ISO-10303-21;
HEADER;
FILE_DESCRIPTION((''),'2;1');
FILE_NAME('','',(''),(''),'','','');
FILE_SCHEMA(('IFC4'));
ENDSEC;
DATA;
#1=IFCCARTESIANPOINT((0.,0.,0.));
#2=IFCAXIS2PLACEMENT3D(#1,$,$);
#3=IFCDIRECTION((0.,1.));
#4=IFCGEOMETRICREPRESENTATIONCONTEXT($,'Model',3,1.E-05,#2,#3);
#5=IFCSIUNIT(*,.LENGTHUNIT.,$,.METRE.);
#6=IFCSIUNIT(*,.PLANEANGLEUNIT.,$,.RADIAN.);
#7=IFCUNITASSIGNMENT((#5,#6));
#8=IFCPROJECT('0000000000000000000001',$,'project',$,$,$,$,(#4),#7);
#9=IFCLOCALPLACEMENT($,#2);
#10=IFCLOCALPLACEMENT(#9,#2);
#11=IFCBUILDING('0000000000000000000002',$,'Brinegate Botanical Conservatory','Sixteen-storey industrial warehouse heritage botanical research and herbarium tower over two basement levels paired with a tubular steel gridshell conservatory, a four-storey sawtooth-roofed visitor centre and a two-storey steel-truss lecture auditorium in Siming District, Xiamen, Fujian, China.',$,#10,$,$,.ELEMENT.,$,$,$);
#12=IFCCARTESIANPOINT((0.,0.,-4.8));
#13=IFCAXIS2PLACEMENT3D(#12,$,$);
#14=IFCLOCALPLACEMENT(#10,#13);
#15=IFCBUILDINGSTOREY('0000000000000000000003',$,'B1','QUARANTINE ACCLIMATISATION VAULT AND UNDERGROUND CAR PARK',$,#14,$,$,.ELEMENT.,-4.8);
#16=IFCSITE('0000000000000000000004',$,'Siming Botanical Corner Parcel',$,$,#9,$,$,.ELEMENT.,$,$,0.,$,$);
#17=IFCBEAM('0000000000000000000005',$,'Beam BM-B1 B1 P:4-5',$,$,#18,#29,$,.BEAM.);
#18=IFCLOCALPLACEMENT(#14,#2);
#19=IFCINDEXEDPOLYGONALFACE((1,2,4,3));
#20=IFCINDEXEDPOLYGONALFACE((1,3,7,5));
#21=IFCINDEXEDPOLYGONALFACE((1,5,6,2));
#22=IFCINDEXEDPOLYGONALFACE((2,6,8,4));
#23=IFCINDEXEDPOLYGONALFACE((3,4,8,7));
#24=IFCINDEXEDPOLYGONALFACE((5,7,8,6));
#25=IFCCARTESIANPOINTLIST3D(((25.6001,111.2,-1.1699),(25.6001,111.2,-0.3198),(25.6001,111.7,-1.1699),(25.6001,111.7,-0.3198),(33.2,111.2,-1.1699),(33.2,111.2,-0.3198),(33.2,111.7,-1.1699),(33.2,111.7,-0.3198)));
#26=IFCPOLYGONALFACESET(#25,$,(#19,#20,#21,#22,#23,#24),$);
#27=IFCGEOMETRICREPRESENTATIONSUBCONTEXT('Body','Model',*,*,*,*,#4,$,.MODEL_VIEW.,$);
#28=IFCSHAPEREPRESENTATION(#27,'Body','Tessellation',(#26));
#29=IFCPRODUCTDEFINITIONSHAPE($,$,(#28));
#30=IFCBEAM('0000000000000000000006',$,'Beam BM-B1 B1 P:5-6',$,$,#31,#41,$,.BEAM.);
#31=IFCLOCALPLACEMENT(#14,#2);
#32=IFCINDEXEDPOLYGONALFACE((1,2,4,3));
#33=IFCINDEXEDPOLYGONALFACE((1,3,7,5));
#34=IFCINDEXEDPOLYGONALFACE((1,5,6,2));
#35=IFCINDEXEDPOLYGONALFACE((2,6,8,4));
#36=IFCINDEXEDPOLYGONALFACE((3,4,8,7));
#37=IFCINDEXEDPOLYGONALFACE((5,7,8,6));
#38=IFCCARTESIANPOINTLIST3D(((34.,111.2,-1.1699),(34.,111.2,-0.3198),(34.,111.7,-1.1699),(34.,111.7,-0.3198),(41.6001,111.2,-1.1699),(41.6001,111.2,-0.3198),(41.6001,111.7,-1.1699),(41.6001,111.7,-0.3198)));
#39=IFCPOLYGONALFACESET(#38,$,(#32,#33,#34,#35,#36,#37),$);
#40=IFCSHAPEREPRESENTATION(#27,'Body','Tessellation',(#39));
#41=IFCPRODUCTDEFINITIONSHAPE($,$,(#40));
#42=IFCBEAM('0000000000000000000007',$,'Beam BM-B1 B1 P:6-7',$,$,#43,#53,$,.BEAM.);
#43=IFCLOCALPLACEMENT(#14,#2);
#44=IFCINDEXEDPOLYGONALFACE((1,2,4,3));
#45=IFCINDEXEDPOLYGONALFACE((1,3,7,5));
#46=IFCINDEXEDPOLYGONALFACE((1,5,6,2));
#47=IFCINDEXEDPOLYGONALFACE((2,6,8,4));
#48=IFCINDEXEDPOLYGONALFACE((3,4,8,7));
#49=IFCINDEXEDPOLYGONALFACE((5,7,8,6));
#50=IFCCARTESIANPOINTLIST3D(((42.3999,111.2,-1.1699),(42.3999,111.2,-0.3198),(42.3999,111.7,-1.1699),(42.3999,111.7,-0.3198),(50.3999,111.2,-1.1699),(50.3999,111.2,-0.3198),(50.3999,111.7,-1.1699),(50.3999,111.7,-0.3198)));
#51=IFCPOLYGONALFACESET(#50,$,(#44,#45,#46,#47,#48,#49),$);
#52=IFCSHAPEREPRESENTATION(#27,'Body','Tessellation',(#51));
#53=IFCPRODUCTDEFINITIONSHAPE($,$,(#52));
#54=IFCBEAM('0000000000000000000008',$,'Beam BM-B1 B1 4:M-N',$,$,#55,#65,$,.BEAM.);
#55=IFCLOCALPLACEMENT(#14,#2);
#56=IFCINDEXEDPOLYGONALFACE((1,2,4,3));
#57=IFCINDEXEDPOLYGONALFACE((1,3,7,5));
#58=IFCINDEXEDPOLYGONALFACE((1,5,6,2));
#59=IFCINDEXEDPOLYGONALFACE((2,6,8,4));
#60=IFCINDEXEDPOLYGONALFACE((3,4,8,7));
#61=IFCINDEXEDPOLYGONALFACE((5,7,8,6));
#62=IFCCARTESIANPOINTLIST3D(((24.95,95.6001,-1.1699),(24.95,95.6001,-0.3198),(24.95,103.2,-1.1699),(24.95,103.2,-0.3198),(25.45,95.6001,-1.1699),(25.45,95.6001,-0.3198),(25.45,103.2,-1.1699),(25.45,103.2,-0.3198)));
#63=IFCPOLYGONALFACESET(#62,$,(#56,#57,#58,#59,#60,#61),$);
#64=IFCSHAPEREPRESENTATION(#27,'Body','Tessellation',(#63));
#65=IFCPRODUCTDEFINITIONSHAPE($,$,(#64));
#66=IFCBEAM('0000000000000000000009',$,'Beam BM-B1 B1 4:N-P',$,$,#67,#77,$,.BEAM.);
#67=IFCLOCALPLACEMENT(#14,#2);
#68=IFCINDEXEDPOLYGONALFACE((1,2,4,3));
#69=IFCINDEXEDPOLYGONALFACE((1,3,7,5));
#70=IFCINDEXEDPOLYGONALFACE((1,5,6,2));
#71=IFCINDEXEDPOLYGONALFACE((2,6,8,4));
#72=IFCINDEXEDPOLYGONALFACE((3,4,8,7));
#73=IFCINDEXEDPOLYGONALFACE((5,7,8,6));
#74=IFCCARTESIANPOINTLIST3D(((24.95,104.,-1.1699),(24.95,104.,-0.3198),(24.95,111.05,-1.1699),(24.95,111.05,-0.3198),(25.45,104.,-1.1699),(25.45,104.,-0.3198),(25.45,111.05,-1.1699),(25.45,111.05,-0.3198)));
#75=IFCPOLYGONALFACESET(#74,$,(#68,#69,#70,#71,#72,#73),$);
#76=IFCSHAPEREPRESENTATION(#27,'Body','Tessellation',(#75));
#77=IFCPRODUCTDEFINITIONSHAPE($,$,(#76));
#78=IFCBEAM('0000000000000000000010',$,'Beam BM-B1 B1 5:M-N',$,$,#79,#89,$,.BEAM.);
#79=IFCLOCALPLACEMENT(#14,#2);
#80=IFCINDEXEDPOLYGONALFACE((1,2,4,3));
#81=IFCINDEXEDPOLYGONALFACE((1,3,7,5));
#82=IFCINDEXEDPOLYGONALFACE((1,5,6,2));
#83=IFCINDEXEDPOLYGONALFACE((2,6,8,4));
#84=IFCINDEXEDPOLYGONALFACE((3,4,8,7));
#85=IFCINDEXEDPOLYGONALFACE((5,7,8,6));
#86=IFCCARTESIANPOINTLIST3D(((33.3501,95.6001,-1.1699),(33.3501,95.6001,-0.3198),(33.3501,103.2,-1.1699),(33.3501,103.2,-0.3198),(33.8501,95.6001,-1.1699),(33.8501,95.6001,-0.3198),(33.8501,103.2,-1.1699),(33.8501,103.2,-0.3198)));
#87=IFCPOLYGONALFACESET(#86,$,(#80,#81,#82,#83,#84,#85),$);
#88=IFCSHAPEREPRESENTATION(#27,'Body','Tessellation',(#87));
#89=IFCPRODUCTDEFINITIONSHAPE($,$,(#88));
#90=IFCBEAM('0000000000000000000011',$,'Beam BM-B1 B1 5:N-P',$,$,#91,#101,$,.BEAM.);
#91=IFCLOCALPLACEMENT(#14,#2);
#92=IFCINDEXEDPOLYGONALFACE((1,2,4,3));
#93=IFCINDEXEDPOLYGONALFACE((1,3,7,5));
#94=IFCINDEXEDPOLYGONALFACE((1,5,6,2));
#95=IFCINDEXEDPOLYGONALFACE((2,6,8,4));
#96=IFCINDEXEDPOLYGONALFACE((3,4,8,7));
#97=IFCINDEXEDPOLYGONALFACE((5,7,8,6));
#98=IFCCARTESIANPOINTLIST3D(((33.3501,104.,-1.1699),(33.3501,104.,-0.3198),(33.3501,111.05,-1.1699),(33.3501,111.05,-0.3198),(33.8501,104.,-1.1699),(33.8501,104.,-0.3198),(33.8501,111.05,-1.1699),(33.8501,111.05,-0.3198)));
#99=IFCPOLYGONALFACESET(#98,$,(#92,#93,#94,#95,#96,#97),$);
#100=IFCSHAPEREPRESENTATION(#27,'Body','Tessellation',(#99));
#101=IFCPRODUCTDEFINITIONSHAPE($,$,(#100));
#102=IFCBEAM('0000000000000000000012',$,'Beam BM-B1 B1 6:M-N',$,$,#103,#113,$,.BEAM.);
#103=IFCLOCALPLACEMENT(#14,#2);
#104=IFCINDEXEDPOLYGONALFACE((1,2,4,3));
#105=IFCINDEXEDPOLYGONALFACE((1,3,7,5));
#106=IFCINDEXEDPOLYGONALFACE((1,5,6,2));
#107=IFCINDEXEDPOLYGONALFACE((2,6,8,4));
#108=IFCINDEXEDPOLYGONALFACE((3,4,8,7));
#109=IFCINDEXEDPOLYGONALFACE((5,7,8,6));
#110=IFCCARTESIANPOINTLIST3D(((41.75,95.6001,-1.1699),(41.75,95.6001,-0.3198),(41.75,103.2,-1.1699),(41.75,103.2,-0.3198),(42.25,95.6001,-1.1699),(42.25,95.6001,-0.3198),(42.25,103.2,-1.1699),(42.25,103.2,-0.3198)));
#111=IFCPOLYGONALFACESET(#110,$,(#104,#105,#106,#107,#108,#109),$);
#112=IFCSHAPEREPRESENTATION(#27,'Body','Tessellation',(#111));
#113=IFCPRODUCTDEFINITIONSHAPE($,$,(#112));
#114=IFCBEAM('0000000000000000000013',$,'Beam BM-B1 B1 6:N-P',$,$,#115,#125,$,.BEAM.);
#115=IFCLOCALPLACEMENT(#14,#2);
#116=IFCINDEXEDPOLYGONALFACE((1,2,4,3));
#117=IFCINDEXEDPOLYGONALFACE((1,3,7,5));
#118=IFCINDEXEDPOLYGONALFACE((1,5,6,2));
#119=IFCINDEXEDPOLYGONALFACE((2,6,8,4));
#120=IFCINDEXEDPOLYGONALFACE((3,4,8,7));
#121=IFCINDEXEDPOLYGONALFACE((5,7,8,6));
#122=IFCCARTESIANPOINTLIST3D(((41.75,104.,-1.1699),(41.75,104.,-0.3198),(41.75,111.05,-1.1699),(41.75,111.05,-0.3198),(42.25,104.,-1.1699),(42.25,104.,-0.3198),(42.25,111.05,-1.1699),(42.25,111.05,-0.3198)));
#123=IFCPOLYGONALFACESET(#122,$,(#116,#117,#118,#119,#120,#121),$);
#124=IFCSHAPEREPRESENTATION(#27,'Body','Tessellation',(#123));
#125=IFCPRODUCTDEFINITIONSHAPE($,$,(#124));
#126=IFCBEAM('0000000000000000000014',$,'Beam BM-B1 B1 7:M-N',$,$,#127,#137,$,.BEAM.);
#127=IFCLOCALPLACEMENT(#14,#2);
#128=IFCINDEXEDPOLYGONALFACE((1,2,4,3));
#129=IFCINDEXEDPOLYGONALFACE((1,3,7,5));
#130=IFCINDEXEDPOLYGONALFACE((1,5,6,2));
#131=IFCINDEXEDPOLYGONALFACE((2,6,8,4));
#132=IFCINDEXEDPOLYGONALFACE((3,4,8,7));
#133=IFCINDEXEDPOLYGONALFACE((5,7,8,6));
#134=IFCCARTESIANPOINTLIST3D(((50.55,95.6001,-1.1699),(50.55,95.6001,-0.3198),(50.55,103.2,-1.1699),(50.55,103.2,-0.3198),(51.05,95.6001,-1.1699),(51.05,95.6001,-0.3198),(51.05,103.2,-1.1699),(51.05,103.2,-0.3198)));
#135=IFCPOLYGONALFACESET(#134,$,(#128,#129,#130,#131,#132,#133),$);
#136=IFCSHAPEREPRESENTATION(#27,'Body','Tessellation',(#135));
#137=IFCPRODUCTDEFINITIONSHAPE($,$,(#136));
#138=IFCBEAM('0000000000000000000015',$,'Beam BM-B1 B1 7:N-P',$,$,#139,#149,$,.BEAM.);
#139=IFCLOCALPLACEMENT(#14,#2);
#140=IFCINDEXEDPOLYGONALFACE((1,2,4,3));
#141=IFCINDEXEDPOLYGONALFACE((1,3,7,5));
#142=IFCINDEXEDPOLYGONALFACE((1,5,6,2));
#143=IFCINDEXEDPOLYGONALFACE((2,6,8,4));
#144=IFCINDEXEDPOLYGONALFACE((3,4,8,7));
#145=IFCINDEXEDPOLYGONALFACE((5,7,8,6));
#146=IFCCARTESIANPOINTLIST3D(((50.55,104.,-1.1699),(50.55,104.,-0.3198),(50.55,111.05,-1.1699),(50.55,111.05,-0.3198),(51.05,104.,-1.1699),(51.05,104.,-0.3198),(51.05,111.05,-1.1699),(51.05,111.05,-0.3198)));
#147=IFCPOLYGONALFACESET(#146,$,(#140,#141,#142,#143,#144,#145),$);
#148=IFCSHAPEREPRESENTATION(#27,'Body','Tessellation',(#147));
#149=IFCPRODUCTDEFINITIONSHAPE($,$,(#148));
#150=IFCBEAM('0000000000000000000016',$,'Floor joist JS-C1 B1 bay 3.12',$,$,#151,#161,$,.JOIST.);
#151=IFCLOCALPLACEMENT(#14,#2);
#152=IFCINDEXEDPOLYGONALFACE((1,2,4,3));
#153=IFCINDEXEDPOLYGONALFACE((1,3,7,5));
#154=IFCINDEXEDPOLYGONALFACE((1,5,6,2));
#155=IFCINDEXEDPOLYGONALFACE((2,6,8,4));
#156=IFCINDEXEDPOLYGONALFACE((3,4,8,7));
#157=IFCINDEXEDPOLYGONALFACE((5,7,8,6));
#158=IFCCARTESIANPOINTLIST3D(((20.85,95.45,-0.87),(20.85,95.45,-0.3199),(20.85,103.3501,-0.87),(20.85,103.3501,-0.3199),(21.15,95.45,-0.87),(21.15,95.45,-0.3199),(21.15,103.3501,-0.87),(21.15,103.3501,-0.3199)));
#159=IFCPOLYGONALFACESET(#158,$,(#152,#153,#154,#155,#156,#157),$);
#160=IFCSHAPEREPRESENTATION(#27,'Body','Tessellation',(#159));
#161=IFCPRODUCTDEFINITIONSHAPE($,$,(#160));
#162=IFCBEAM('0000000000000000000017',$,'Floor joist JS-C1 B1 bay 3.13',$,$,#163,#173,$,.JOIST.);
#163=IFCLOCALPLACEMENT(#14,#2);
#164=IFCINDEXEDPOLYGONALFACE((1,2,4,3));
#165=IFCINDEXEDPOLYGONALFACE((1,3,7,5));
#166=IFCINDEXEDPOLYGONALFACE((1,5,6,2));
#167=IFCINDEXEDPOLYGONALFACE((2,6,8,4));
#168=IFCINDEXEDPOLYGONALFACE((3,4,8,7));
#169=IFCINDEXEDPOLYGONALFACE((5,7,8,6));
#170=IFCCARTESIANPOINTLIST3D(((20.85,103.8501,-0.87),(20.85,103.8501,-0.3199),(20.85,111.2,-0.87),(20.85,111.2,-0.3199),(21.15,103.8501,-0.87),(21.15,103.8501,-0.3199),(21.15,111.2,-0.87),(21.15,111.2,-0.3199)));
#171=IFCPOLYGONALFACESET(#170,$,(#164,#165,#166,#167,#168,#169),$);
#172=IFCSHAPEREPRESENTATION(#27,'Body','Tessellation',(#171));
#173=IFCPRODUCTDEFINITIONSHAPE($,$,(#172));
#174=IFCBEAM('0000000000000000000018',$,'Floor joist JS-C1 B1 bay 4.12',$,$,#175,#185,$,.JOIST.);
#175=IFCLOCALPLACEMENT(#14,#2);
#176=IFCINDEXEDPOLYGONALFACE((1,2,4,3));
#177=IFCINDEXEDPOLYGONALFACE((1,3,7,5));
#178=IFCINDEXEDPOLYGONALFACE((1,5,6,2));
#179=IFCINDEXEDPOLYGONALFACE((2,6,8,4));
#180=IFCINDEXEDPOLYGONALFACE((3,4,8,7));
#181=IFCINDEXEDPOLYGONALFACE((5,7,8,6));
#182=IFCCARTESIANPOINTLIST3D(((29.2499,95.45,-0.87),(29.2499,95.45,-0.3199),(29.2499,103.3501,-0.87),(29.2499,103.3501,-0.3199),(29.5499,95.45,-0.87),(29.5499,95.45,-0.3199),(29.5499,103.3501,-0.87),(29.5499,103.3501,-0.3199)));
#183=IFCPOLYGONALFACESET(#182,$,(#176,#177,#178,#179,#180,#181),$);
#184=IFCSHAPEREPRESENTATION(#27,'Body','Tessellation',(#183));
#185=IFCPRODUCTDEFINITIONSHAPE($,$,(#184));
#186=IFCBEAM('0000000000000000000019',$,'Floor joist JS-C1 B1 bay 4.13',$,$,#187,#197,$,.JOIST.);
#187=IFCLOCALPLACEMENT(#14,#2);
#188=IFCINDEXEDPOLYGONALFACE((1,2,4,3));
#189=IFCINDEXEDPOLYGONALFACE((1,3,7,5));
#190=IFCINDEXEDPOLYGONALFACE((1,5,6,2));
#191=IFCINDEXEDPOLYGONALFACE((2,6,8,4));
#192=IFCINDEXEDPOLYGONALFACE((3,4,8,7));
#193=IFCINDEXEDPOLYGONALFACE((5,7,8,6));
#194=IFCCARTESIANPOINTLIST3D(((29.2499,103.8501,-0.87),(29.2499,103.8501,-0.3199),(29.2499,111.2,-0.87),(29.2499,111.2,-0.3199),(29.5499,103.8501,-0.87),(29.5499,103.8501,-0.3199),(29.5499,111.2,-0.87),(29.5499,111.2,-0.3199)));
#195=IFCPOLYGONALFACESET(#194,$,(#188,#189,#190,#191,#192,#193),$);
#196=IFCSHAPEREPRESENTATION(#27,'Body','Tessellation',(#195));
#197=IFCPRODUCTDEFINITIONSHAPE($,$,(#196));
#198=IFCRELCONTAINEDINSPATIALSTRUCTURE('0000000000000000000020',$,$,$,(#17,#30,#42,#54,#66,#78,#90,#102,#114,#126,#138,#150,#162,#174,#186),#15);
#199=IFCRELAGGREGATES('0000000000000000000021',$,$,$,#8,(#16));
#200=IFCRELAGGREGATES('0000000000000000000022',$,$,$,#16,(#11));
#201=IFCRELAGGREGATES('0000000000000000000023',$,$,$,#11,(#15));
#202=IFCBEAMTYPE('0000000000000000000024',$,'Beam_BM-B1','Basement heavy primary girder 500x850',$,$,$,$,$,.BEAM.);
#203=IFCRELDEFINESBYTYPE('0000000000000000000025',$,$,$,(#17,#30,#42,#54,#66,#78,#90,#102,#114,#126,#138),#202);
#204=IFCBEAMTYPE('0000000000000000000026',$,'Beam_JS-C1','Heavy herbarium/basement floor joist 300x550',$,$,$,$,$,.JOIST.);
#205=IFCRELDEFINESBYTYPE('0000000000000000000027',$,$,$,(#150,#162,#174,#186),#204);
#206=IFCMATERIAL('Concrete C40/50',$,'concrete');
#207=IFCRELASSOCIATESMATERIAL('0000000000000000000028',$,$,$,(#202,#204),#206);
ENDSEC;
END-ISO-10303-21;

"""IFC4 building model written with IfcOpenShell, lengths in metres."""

from ifc_helpers import new_model, si_unit, direction, frame, origin, origin_2d, place, context, subcontext, project, spatial, rectangle, extrude, material, material_profile, profile_set, type_object, element, save


model = new_model("IFC4")

# Units and contexts
model_context = context("Model", 3, precision=1e-05, world=origin(), true_north=direction((0.0, 1.0)))
body_context = subcontext(model_context, "Body", "Model", "MODEL_VIEW")
ifc_project = project(units=[si_unit("LENGTHUNIT", "METRE"), si_unit("PLANEANGLEUNIT", "RADIAN")], contexts=[model_context])

# Site, building, storey
site_placement = place(None, origin())
site = spatial("IfcSite", under=ifc_project, at=site_placement, Name="Siming Botanical Corner Parcel", CompositionType="ELEMENT", RefElevation=0.0)
building_placement = place(site_placement, origin())
building = spatial("IfcBuilding", under=site, at=building_placement, Name="Brinegate Botanical Conservatory", Description="Sixteen-storey industrial warehouse heritage botanical research and herbarium tower over two basement levels paired with a tubular steel gridshell conservatory, a four-storey sawtooth-roofed visitor centre and a two-storey steel-truss lecture auditorium in Siming District, Xiamen, Fujian, China.", CompositionType="ELEMENT")
storey_placement = place(building_placement, frame((0.0, 0.0, -4.8)))
storey = spatial("IfcBuildingStorey", under=building, at=storey_placement, Name="B1", Description="QUARANTINE ACCLIMATISATION VAULT AND UNDERGROUND CAR PARK", CompositionType="ELEMENT", Elevation=-4.8)

# Shared definitions
ifc_material = material(Name="Concrete C40/50", Category="concrete")

# Beams
ifc_material_profile_1 = material_profile(ifc_material, rectangle(XDim=0.5, YDim=0.8501, at=origin_2d()), Name="RC BM 500x850")
ifc_profile_set_1 = profile_set([ifc_material_profile_1], Name="Concrete C40/50")
beam_type_1 = type_object("IfcBeamType", Name="Beam_BM-B1", Description="Basement heavy primary girder 500x850", PredefinedType="BEAM", material=ifc_profile_set_1)
beam_1_placement = place(storey_placement, frame((25.6001, 111.45, -0.7449), z_axis=(1.0, 0.0, 0.0), x_axis=(0.0, 1.0, 0.0)))
element("IfcBeam", 1, at=beam_1_placement, inside=storey, type_object=beam_type_1, Name="Beam BM-B1 B1 P:4-5", PredefinedType="BEAM", context=body_context, shape_type="SweptSolid", body=[
    extrude(rectangle(XDim=0.5, YDim=0.8501, at=origin_2d()), origin(), (0.0, 0.0, 1.0), 7.5999),
])
beam_2_placement = place(storey_placement, frame((34.0, 111.45, -0.7449), z_axis=(1.0, 0.0, 0.0), x_axis=(0.0, 1.0, 0.0)))
element("IfcBeam", 2, at=beam_2_placement, inside=storey, type_object=beam_type_1, Name="Beam BM-B1 B1 P:5-6", PredefinedType="BEAM", context=body_context, shape_type="SweptSolid", body=[
    extrude(rectangle(XDim=0.5, YDim=0.8501, at=origin_2d()), origin(), (0.0, 0.0, 1.0), 7.6001),
])
beam_3_placement = place(storey_placement, frame((42.3999, 111.45, -0.7449), z_axis=(1.0, 0.0, 0.0), x_axis=(0.0, 1.0, 0.0)))
element("IfcBeam", 3, at=beam_3_placement, inside=storey, type_object=beam_type_1, Name="Beam BM-B1 B1 P:6-7", PredefinedType="BEAM", context=body_context, shape_type="SweptSolid", body=[
    extrude(rectangle(XDim=0.5, YDim=0.8501, at=origin_2d()), origin(), (0.0, 0.0, 1.0), 8.0),
])
beam_4_placement = place(storey_placement, frame((25.2, 95.6001, -0.7449), z_axis=(0.0, 1.0, 0.0), x_axis=(-1.0, 0.0, 0.0)))
element("IfcBeam", 4, at=beam_4_placement, inside=storey, type_object=beam_type_1, Name="Beam BM-B1 B1 4:M-N", PredefinedType="BEAM", context=body_context, shape_type="SweptSolid", body=[
    extrude(rectangle(XDim=0.5, YDim=0.8501, at=origin_2d()), origin(), (0.0, 0.0, 1.0), 7.5999),
])
beam_5_placement = place(storey_placement, frame((25.2, 104.0, -0.7449), z_axis=(0.0, 1.0, 0.0), x_axis=(-1.0, 0.0, 0.0)))
element("IfcBeam", 5, at=beam_5_placement, inside=storey, type_object=beam_type_1, Name="Beam BM-B1 B1 4:N-P", PredefinedType="BEAM", context=body_context, shape_type="SweptSolid", body=[
    extrude(rectangle(XDim=0.5, YDim=0.8501, at=origin_2d()), origin(), (0.0, 0.0, 1.0), 7.05),
])
beam_6_placement = place(storey_placement, frame((33.6001, 95.6001, -0.7449), z_axis=(0.0, 1.0, 0.0), x_axis=(-1.0, 0.0, 0.0)))
element("IfcBeam", 6, at=beam_6_placement, inside=storey, type_object=beam_type_1, Name="Beam BM-B1 B1 5:M-N", PredefinedType="BEAM", context=body_context, shape_type="SweptSolid", body=[
    extrude(rectangle(XDim=0.5, YDim=0.8501, at=origin_2d()), origin(), (0.0, 0.0, 1.0), 7.5999),
])
beam_7_placement = place(storey_placement, frame((33.6001, 104.0, -0.7449), z_axis=(0.0, 1.0, 0.0), x_axis=(-1.0, 0.0, 0.0)))
element("IfcBeam", 7, at=beam_7_placement, inside=storey, type_object=beam_type_1, Name="Beam BM-B1 B1 5:N-P", PredefinedType="BEAM", context=body_context, shape_type="SweptSolid", body=[
    extrude(rectangle(XDim=0.5, YDim=0.8501, at=origin_2d()), origin(), (0.0, 0.0, 1.0), 7.05),
])
beam_8_placement = place(storey_placement, frame((42.0, 95.6001, -0.7449), z_axis=(0.0, 1.0, 0.0), x_axis=(-1.0, 0.0, 0.0)))
element("IfcBeam", 8, at=beam_8_placement, inside=storey, type_object=beam_type_1, Name="Beam BM-B1 B1 6:M-N", PredefinedType="BEAM", context=body_context, shape_type="SweptSolid", body=[
    extrude(rectangle(XDim=0.5, YDim=0.8501, at=origin_2d()), origin(), (0.0, 0.0, 1.0), 7.5999),
])
beam_9_placement = place(storey_placement, frame((42.0, 104.0, -0.7449), z_axis=(0.0, 1.0, 0.0), x_axis=(-1.0, 0.0, 0.0)))
element("IfcBeam", 9, at=beam_9_placement, inside=storey, type_object=beam_type_1, Name="Beam BM-B1 B1 6:N-P", PredefinedType="BEAM", context=body_context, shape_type="SweptSolid", body=[
    extrude(rectangle(XDim=0.5, YDim=0.8501, at=origin_2d()), origin(), (0.0, 0.0, 1.0), 7.05),
])
beam_10_placement = place(storey_placement, frame((50.8, 95.6001, -0.7449), z_axis=(0.0, 1.0, 0.0), x_axis=(-1.0, 0.0, 0.0)))
element("IfcBeam", 10, at=beam_10_placement, inside=storey, type_object=beam_type_1, Name="Beam BM-B1 B1 7:M-N", PredefinedType="BEAM", context=body_context, shape_type="SweptSolid", body=[
    extrude(rectangle(XDim=0.5, YDim=0.8501, at=origin_2d()), origin(), (0.0, 0.0, 1.0), 7.5999),
])
beam_11_placement = place(storey_placement, frame((50.8, 104.0, -0.7449), z_axis=(0.0, 1.0, 0.0), x_axis=(-1.0, 0.0, 0.0)))
element("IfcBeam", 11, at=beam_11_placement, inside=storey, type_object=beam_type_1, Name="Beam BM-B1 B1 7:N-P", PredefinedType="BEAM", context=body_context, shape_type="SweptSolid", body=[
    extrude(rectangle(XDim=0.5, YDim=0.8501, at=origin_2d()), origin(), (0.0, 0.0, 1.0), 7.05),
])
ifc_material_profile_2 = material_profile(ifc_material, rectangle(XDim=0.3, YDim=0.55, at=origin_2d()), Name="RC JST 300x550")
ifc_profile_set_2 = profile_set([ifc_material_profile_2], Name="Concrete C40/50")
beam_type_2 = type_object("IfcBeamType", Name="Beam_JS-C1", Description="Heavy herbarium/basement floor joist 300x550", PredefinedType="JOIST", material=ifc_profile_set_2)
beam_12_placement = place(storey_placement, frame((21.0, 95.45, -0.595), z_axis=(0.0, 1.0, 0.0), x_axis=(-1.0, 0.0, 0.0)))
element("IfcBeam", 12, at=beam_12_placement, inside=storey, type_object=beam_type_2, Name="Floor joist JS-C1 B1 bay 3.12", PredefinedType="JOIST", context=body_context, shape_type="SweptSolid", body=[
    extrude(rectangle(XDim=0.3, YDim=0.55, at=origin_2d()), origin(), (0.0, 0.0, 1.0), 7.9001),
])
beam_13_placement = place(storey_placement, frame((21.0, 103.8501, -0.595), z_axis=(0.0, 1.0, 0.0), x_axis=(-1.0, 0.0, 0.0)))
element("IfcBeam", 13, at=beam_13_placement, inside=storey, type_object=beam_type_2, Name="Floor joist JS-C1 B1 bay 3.13", PredefinedType="JOIST", context=body_context, shape_type="SweptSolid", body=[
    extrude(rectangle(XDim=0.3, YDim=0.55, at=origin_2d()), origin(), (0.0, 0.0, 1.0), 7.3499),
])
beam_14_placement = place(storey_placement, frame((29.3999, 95.45, -0.595), z_axis=(0.0, 1.0, 0.0), x_axis=(-1.0, 0.0, 0.0)))
element("IfcBeam", 14, at=beam_14_placement, inside=storey, type_object=beam_type_2, Name="Floor joist JS-C1 B1 bay 4.12", PredefinedType="JOIST", context=body_context, shape_type="SweptSolid", body=[
    extrude(rectangle(XDim=0.3, YDim=0.55, at=origin_2d()), origin(), (0.0, 0.0, 1.0), 7.9001),
])
beam_15_placement = place(storey_placement, frame((29.3999, 103.8501, -0.595), z_axis=(0.0, 1.0, 0.0), x_axis=(-1.0, 0.0, 0.0)))
element("IfcBeam", 15, at=beam_15_placement, inside=storey, type_object=beam_type_2, Name="Floor joist JS-C1 B1 bay 4.13", PredefinedType="JOIST", context=body_context, shape_type="SweptSolid", body=[
    extrude(rectangle(XDim=0.3, YDim=0.55, at=origin_2d()), origin(), (0.0, 0.0, 1.0), 7.3499),
])

save(model, "model.ifc")
